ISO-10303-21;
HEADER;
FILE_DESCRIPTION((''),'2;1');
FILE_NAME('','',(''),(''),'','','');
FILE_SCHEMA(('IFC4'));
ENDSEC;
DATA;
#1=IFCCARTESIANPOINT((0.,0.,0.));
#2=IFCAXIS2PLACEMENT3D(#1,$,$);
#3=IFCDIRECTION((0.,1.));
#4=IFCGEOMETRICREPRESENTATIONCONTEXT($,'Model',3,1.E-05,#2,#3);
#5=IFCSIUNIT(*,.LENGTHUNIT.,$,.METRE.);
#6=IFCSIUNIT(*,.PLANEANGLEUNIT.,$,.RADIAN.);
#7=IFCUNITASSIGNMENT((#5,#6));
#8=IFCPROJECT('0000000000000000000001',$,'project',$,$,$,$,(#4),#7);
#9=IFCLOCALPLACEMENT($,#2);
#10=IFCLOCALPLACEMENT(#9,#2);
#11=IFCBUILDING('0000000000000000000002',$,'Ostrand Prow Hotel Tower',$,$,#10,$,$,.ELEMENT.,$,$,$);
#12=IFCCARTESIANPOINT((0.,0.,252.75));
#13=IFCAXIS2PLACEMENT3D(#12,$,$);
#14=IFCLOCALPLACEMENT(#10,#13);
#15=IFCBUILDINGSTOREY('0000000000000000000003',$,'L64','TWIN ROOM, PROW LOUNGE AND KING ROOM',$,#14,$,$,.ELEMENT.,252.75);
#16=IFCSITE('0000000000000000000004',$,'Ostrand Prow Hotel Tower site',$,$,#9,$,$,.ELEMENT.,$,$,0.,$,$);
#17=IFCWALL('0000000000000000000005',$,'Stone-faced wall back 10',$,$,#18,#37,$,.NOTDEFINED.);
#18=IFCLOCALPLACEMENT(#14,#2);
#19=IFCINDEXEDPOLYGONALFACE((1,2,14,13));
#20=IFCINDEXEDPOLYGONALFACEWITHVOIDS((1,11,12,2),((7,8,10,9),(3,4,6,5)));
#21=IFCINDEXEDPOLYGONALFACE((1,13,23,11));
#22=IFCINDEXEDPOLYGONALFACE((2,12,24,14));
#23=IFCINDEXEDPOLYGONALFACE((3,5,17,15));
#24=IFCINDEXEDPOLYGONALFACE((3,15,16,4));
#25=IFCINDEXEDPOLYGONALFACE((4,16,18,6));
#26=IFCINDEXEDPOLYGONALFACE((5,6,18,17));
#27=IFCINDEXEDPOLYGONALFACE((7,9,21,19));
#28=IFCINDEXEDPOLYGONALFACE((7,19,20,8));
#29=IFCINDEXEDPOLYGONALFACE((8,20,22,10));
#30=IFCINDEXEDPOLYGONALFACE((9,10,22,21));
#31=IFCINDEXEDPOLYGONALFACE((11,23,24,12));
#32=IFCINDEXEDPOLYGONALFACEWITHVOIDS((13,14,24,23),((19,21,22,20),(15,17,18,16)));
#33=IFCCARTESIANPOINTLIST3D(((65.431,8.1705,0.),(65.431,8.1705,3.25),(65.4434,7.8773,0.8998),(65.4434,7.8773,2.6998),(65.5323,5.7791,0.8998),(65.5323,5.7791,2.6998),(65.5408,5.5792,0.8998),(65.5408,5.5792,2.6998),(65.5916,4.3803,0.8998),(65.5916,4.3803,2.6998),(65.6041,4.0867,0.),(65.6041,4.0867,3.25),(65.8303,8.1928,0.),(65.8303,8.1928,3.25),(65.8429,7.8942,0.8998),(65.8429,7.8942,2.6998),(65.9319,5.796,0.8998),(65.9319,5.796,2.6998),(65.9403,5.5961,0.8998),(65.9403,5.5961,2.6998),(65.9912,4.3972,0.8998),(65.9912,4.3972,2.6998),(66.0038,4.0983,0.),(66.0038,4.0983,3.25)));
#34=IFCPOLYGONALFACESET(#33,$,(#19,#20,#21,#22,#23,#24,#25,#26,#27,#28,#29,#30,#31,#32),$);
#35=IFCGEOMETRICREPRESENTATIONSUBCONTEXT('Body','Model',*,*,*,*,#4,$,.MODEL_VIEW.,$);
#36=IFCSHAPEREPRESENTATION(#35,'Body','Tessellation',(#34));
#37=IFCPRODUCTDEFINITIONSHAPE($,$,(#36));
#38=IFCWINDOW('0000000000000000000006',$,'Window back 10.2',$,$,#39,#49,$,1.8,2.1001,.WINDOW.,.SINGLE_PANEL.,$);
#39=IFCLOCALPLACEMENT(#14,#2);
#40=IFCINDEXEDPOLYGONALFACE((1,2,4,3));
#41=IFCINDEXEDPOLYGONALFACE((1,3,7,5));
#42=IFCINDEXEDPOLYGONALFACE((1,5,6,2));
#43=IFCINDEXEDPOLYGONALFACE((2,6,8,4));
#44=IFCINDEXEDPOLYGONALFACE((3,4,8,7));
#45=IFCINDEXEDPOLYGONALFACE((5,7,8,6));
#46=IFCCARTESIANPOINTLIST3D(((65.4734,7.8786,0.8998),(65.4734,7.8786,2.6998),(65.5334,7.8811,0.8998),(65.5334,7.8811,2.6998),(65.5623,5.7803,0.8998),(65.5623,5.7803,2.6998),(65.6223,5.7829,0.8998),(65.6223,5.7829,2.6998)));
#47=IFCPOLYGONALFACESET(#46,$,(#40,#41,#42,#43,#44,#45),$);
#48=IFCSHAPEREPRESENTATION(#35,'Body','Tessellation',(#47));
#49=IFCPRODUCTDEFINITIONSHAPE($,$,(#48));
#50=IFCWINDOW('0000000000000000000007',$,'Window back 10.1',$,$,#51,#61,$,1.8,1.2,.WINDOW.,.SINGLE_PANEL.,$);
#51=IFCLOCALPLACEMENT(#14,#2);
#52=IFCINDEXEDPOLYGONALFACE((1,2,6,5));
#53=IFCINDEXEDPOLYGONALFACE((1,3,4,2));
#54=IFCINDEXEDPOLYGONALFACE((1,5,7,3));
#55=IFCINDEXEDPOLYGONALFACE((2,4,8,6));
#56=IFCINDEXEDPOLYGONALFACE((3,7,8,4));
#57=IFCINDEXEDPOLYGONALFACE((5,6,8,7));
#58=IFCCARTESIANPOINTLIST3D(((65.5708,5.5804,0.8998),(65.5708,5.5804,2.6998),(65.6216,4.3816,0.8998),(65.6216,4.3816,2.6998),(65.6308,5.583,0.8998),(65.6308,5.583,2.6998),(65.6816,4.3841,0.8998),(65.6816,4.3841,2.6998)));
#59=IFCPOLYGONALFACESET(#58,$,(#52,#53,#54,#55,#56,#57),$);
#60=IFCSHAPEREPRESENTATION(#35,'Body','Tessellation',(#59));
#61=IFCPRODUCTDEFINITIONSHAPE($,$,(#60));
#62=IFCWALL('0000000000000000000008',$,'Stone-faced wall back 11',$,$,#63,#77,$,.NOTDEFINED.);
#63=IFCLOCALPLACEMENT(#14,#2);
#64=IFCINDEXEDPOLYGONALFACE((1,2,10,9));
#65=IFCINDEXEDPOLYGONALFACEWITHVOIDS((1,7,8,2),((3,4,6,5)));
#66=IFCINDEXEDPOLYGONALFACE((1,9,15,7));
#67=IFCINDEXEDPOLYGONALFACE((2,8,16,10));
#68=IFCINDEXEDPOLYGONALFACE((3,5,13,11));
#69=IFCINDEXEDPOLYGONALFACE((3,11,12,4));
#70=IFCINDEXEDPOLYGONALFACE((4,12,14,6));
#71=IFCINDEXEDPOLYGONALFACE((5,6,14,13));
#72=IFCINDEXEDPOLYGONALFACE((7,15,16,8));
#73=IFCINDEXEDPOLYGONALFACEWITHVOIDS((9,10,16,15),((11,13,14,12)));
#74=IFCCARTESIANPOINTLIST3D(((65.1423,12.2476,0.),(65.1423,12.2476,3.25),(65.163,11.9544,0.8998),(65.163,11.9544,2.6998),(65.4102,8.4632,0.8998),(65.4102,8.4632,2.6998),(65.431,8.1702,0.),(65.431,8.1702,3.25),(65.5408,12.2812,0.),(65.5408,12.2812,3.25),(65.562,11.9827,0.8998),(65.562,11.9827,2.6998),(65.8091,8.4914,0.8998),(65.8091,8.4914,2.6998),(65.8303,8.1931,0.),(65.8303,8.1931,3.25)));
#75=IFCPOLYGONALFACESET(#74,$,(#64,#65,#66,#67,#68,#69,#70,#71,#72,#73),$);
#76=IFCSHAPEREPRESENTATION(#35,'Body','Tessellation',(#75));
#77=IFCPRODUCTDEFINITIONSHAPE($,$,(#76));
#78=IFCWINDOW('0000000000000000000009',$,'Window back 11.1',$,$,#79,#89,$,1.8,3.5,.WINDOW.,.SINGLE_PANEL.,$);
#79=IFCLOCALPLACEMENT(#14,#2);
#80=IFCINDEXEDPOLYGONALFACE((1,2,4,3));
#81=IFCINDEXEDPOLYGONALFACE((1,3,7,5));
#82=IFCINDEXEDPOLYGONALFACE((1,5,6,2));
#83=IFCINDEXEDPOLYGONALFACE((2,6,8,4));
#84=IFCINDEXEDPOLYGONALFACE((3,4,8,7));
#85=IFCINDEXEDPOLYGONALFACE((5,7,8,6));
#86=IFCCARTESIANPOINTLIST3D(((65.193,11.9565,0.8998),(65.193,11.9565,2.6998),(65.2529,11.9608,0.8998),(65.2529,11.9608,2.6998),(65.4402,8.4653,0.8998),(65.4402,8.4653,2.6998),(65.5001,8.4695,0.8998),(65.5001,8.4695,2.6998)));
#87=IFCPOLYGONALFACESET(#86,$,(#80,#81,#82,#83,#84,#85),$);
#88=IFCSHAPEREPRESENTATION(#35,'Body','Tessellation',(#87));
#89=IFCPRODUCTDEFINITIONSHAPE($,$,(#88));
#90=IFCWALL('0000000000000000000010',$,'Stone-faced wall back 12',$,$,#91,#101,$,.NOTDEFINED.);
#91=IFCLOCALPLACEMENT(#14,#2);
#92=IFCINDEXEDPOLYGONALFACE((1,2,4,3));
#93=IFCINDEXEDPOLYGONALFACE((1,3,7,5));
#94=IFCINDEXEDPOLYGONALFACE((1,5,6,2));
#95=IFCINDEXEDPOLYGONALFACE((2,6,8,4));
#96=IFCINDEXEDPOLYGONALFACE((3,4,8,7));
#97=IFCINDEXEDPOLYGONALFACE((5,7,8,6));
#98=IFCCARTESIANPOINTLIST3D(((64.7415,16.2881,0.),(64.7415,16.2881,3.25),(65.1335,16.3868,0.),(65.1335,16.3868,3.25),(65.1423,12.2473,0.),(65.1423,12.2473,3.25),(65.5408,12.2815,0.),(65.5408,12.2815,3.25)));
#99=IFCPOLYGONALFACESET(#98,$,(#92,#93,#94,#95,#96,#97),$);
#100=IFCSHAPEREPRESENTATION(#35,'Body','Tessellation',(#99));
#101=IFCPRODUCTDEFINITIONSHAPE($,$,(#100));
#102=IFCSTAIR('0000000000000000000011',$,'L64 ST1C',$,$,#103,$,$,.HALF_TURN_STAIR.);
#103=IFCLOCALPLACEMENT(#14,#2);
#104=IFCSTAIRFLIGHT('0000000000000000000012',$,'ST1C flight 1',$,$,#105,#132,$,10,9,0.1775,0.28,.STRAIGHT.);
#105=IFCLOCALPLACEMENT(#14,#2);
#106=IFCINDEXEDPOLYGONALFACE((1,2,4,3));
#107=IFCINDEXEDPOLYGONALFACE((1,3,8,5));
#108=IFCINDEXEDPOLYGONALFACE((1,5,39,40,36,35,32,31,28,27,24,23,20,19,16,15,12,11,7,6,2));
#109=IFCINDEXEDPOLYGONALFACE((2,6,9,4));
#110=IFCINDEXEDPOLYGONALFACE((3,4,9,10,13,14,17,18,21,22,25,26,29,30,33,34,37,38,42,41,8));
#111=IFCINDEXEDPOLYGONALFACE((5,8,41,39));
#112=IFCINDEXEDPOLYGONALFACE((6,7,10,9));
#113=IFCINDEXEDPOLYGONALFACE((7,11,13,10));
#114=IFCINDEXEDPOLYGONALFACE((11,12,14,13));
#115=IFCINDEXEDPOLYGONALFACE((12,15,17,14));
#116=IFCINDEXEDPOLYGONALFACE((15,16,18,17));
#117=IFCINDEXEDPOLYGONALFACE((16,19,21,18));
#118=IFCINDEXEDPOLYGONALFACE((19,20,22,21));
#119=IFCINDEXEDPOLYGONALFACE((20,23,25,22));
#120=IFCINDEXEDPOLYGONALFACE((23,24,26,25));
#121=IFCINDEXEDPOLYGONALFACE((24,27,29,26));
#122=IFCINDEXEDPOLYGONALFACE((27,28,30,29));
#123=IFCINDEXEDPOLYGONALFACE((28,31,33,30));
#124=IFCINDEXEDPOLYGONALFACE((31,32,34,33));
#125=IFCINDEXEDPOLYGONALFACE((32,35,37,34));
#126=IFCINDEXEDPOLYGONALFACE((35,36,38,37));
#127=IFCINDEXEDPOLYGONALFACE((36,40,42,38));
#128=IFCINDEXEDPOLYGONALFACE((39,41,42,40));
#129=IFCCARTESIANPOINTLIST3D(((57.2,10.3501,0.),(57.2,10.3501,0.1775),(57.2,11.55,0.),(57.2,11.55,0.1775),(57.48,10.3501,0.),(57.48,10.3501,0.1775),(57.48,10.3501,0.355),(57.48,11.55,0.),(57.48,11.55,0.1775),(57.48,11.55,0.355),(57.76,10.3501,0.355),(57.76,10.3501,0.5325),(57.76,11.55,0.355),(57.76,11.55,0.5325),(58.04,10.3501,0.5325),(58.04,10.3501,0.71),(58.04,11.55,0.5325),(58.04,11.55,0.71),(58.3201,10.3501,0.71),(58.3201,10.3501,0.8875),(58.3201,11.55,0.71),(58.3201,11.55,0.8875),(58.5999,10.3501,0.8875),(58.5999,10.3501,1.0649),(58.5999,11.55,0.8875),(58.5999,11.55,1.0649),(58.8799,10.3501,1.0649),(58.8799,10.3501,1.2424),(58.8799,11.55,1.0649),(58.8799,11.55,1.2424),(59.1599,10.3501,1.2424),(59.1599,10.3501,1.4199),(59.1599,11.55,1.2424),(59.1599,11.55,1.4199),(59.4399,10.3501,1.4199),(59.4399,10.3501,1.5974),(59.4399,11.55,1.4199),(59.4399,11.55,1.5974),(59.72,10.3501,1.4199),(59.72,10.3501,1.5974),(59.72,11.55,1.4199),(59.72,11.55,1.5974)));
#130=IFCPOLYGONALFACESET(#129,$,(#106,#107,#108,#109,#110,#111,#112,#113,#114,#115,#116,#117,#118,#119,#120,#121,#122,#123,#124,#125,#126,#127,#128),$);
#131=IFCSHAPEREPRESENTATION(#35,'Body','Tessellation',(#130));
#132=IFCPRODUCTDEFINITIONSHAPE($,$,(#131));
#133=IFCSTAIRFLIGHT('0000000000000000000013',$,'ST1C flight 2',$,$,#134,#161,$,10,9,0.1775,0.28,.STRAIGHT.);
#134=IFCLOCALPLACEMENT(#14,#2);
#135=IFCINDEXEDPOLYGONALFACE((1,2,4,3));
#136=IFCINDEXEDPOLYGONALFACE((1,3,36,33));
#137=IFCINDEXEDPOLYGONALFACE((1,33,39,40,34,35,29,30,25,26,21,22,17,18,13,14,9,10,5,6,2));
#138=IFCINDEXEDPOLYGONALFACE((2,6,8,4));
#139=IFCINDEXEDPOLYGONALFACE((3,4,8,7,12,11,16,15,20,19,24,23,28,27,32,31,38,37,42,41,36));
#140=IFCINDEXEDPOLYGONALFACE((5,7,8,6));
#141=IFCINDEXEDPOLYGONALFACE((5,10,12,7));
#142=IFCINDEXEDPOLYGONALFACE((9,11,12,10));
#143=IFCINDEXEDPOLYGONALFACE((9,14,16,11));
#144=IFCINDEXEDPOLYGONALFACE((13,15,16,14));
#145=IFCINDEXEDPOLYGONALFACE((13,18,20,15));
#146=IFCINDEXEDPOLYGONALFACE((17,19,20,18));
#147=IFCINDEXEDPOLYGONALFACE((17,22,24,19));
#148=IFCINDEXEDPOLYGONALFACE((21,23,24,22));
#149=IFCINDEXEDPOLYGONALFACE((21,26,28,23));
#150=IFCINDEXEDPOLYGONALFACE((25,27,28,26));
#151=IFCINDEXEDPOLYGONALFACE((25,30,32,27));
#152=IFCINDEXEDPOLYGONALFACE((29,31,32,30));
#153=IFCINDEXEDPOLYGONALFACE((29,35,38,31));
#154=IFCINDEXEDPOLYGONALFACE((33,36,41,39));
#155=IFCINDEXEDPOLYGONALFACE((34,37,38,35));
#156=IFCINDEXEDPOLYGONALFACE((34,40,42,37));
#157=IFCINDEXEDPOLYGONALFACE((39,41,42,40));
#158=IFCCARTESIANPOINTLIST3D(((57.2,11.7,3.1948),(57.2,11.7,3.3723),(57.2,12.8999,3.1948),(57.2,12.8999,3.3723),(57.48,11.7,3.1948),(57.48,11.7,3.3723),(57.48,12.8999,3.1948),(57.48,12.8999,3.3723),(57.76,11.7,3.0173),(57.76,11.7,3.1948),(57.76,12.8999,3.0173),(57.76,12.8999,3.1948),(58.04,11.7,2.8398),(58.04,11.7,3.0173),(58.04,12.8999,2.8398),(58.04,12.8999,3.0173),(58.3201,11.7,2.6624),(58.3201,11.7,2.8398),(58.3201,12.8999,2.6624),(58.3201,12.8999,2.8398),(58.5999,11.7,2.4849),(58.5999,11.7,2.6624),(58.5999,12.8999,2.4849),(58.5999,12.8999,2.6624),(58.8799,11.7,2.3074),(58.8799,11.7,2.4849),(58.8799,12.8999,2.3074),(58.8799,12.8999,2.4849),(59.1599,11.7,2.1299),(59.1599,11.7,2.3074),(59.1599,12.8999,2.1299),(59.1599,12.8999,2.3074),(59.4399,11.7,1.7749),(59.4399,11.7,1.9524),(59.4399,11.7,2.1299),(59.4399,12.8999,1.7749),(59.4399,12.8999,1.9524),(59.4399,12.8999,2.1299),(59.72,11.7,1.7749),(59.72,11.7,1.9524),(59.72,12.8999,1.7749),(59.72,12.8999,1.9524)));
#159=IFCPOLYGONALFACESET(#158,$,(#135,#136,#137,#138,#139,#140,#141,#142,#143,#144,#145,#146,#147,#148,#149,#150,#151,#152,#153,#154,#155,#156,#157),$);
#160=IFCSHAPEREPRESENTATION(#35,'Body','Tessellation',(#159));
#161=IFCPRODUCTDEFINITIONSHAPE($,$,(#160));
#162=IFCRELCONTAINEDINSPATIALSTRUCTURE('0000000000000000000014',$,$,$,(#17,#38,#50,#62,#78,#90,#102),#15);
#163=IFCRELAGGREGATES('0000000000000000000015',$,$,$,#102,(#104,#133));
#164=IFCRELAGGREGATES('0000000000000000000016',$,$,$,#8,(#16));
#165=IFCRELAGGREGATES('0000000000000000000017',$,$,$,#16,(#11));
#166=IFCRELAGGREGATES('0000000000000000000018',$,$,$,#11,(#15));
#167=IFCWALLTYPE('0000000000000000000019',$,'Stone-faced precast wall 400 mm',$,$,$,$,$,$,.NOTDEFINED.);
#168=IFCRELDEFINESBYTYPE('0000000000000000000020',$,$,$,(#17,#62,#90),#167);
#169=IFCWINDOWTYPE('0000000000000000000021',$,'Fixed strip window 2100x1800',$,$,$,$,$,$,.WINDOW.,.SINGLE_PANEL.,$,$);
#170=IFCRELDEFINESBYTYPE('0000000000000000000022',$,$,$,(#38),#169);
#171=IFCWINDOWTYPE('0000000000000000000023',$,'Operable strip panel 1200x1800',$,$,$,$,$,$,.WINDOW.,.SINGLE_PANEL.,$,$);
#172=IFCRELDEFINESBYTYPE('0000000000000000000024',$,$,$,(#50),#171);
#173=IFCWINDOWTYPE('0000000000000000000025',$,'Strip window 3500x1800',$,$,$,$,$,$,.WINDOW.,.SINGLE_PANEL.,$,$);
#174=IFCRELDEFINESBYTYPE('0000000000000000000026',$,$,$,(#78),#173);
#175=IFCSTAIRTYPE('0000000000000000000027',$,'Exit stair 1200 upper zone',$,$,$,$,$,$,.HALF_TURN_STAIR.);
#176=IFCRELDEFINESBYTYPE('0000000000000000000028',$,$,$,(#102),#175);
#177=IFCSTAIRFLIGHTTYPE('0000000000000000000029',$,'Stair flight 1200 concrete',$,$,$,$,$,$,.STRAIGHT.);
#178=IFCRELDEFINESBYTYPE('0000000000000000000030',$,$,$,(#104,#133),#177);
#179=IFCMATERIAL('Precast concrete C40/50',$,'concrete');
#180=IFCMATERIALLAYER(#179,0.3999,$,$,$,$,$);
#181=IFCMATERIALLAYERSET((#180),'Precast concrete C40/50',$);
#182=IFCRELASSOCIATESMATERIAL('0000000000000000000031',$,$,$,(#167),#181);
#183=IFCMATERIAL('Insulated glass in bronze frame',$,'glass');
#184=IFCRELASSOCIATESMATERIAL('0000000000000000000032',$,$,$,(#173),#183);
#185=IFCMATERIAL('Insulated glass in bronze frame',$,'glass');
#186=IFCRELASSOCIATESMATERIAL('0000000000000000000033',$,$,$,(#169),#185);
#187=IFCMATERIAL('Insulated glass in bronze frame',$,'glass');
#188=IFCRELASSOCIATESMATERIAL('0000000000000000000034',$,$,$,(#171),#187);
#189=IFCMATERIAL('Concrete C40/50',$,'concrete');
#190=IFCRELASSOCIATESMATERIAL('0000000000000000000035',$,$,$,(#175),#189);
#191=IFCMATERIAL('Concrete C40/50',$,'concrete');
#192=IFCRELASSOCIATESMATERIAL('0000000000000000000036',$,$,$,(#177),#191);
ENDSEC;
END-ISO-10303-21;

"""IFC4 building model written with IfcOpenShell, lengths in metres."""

from ifc_helpers import new_model, si_unit, direction, frame, frame_2d, origin, place, context, subcontext, project, spatial, polyline, rectangle, outline, extrude, material, layer, layer_set, type_object, element, fill, aggregate, save


model = new_model("IFC4")

# Units and contexts
model_context = context("Model", 3, precision=1e-05, world=origin(), true_north=direction((0.0, 1.0)))
body_context = subcontext(model_context, "Body", "Model", "MODEL_VIEW")
ifc_project = project(units=[si_unit("LENGTHUNIT", "METRE"), si_unit("PLANEANGLEUNIT", "RADIAN")], contexts=[model_context])

# Site, building, storey
site_placement = place(None, origin())
site = spatial("IfcSite", under=ifc_project, at=site_placement, Name="Ostrand Prow Hotel Tower site", CompositionType="ELEMENT", RefElevation=0.0)
building_placement = place(site_placement, origin())
building = spatial("IfcBuilding", under=site, at=building_placement, Name="Ostrand Prow Hotel Tower", CompositionType="ELEMENT")
storey_placement = place(building_placement, frame((0.0, 0.0, 252.75)))
storey = spatial("IfcBuildingStorey", under=building, at=storey_placement, Name="L64", Description="TWIN ROOM, PROW LOUNGE AND KING ROOM", CompositionType="ELEMENT", Elevation=252.75)

# Shared definitions
ifc_material_1 = material(Name="Precast concrete C40/50", Category="concrete")
ifc_layer_1 = layer(ifc_material_1, 0.3999)
ifc_layer_set_1 = layer_set([ifc_layer_1], Name="Precast concrete C40/50")
wall_type_1 = type_object("IfcWallType", Name="Stone-faced precast wall 400 mm", PredefinedType="NOTDEFINED", material=ifc_layer_set_1)
ifc_material_2 = material(Name="Insulated glass in bronze frame", Category="glass")
window_type_1 = type_object("IfcWindowType", Name="Strip window 3500x1800", PartitioningType="SINGLE_PANEL", PredefinedType="WINDOW", material=ifc_material_2)

# Wall, openings, windows
wall_1_placement = place(storey_placement, frame((65.804, 4.0925, 0.0), z_axis=(0.0, 0.0, 1.0), x_axis=(-0.042353, 0.999103, 0.0)))
wall_1 = element("IfcWall", 1, at=wall_1_placement, inside=storey, type_object=wall_type_1, Name="Stone-faced wall back 10", PredefinedType="NOTDEFINED", context=body_context, shape_type="SweptSolid", body=[
    extrude(outline(polyline([(-0.0027, -0.2), (4.0955, -0.2), (4.0901, 0.2), (0.0027, 0.2), (-0.0027, -0.2)])), origin(), (0.0, 0.0, 1.0), 3.25),
])
opening_1_placement = place(wall_1_placement, frame((0.2964, 0.0, 0.8999)))
opening_1 = element("IfcOpeningElement", 2, at=opening_1_placement, cuts=wall_1, PredefinedType="OPENING", context=body_context, shape_type="SweptSolid", body=[
    extrude(rectangle(XDim=1.2, YDim=1.8, at=frame_2d((0.6001, 0.8999))), frame((0.0, 0.21, 0.0), z_axis=(0.0, -1.0, 0.0), x_axis=(1.0, 0.0, 0.0)), (0.0, 0.0, 1.0), 0.4199),
])
opening_2_placement = place(wall_1_placement, frame((1.6965, 0.0, 0.8999)))
opening_2 = element("IfcOpeningElement", 3, at=opening_2_placement, cuts=wall_1, PredefinedType="OPENING", context=body_context, shape_type="SweptSolid", body=[
    extrude(rectangle(XDim=2.1001, YDim=1.8, at=frame_2d((1.05, 0.8999))), frame((0.0, 0.21, 0.0), z_axis=(0.0, -1.0, 0.0), x_axis=(1.0, 0.0, 0.0)), (0.0, 0.0, 1.0), 0.4199),
])
ifc_material_3 = material(Name="Insulated glass in bronze frame", Category="glass")
window_type_2 = type_object("IfcWindowType", Name="Fixed strip window 2100x1800", PartitioningType="SINGLE_PANEL", PredefinedType="WINDOW", material=ifc_material_3)
window_1_placement = place(opening_2_placement, origin())
window_1 = element("IfcWindow", 4, at=window_1_placement, inside=storey, type_object=window_type_2, Name="Window back 10.2", OverallHeight=1.8, OverallWidth=2.1001, PartitioningType="SINGLE_PANEL", PredefinedType="WINDOW", context=body_context, shape_type="SweptSolid", body=[
    extrude(rectangle(XDim=2.1001, YDim=1.8, at=frame_2d((1.05, 0.8999))), frame((0.0, 0.1699, 0.0), z_axis=(0.0, -1.0, 0.0), x_axis=(1.0, 0.0, 0.0)), (0.0, 0.0, 1.0), 0.0601),
])
fill(opening_2, window_1)
ifc_material_4 = material(Name="Insulated glass in bronze frame", Category="glass")
window_type_3 = type_object("IfcWindowType", Name="Operable strip panel 1200x1800", PartitioningType="SINGLE_PANEL", PredefinedType="WINDOW", material=ifc_material_4)
window_2_placement = place(opening_1_placement, origin())
window_2 = element("IfcWindow", 5, at=window_2_placement, inside=storey, type_object=window_type_3, Name="Window back 10.1", OverallHeight=1.8, OverallWidth=1.2, PartitioningType="SINGLE_PANEL", PredefinedType="WINDOW", context=body_context, shape_type="SweptSolid", body=[
    extrude(rectangle(XDim=1.2, YDim=1.8, at=frame_2d((0.6001, 0.8999))), frame((0.0, 0.1699, 0.0), z_axis=(0.0, -1.0, 0.0), x_axis=(1.0, 0.0, 0.0)), (0.0, 0.0, 1.0), 0.0601),
])
fill(opening_1, window_2)

# Wall, opening, window
wall_2_placement = place(storey_placement, frame((65.6306, 8.1816, 0.0), z_axis=(0.0, 0.0, 1.0), x_axis=(-0.070624, 0.997503, 0.0)))
wall_2 = element("IfcWall", 6, at=wall_2_placement, inside=storey, type_object=wall_type_1, Name="Stone-faced wall back 11", PredefinedType="NOTDEFINED", context=body_context, shape_type="SweptSolid", body=[
    extrude(outline(polyline([(-0.0027, -0.2), (4.0957, -0.2), (4.0903, 0.2), (0.0027, 0.2), (-0.0027, -0.2)])), origin(), (0.0, 0.0, 1.0), 3.25),
])
opening_3_placement = place(wall_2_placement, frame((0.2964, 0.0, 0.8999)))
opening_3 = element("IfcOpeningElement", 7, at=opening_3_placement, cuts=wall_2, PredefinedType="OPENING", context=body_context, shape_type="SweptSolid", body=[
    extrude(rectangle(XDim=3.5, YDim=1.8, at=frame_2d((1.75, 0.8999))), frame((0.0, 0.21, 0.0), z_axis=(0.0, -1.0, 0.0), x_axis=(1.0, 0.0, 0.0)), (0.0, 0.0, 1.0), 0.4199),
])
window_3_placement = place(opening_3_placement, origin())
window_3 = element("IfcWindow", 8, at=window_3_placement, inside=storey, type_object=window_type_1, Name="Window back 11.1", OverallHeight=1.8, OverallWidth=3.5, PartitioningType="SINGLE_PANEL", PredefinedType="WINDOW", context=body_context, shape_type="SweptSolid", body=[
    extrude(rectangle(XDim=3.5, YDim=1.8, at=frame_2d((1.75, 0.8999))), frame((0.0, 0.1699, 0.0), z_axis=(0.0, -1.0, 0.0), x_axis=(1.0, 0.0, 0.0)), (0.0, 0.0, 1.0), 0.0601),
])
fill(opening_3, window_3)

# Wall
wall_3_placement = place(storey_placement, frame((65.3416, 12.2644, 0.0), z_axis=(0.0, 0.0, 1.0), x_axis=(-0.098718, 0.995115, 0.0)))
element("IfcWall", 9, at=wall_3_placement, inside=storey, type_object=wall_type_1, Name="Stone-faced wall back 12", PredefinedType="NOTDEFINED", context=body_context, shape_type="SweptSolid", body=[
    extrude(outline(polyline([(-0.0027, -0.2), (4.1228, -0.2), (4.0632, 0.2), (0.0027, 0.2), (-0.0027, -0.2)])), origin(), (0.0, 0.0, 1.0), 3.25),
])

# Stair, stair flights
ifc_material_5 = material(Name="Concrete C40/50", Category="concrete")
stair_type = type_object("IfcStairType", Name="Exit stair 1200 upper zone", PredefinedType="HALF_TURN_STAIR", material=ifc_material_5)
stair_placement = place(storey_placement, origin())
stair = element("IfcStair", 10, at=stair_placement, inside=storey, type_object=stair_type, Name="L64 ST1C", PredefinedType="HALF_TURN_STAIR")
ifc_material_6 = material(Name="Concrete C40/50", Category="concrete")
stair_flight_type = type_object("IfcStairFlightType", Name="Stair flight 1200 concrete", PredefinedType="STRAIGHT", material=ifc_material_6)
stair_flight_1_placement = place(storey_placement, frame((57.2, 10.95, 0.0), z_axis=(0.0, 0.0, 1.0), x_axis=(1.0, 0.0, 0.0)))
stair_flight_1 = element("IfcStairFlight", 11, at=stair_flight_1_placement, type_object=stair_flight_type, Name="ST1C flight 1", NumberOfRisers=10, NumberOfTreads=9, PredefinedType="STRAIGHT", RiserHeight=0.1775, TreadLength=0.28, context=body_context, shape_type="SweptSolid", body=[
    extrude(outline(polyline([(0.0, 0.0), (0.0, 0.1775), (0.28, 0.1775), (0.28, 0.355), (0.5601, 0.355), (0.5601, 0.5325), (0.8401, 0.5325), (0.8401, 0.71), (1.1201, 0.71), (1.1201, 0.8875), (1.3999, 0.8875), (1.3999, 1.0649), (1.6799, 1.0649), (1.6799, 1.2424), (1.96, 1.2424), (1.96, 1.4199), (2.24, 1.4199), (2.24, 1.5974), (2.52, 1.5974), (2.52, 1.7749), (2.52, 1.4199), (0.28, 0.0), (0.0, 0.0)])), frame((0.0, 0.6001, 0.0), z_axis=(0.0, -1.0, 0.0), x_axis=(1.0, 0.0, 0.0)), (0.0, 0.0, 1.0), 1.2),
])
stair_flight_2_placement = place(storey_placement, frame((59.72, 12.3, 1.7749), z_axis=(0.0, 0.0, 1.0), x_axis=(-1.0, 0.0, 0.0)))
stair_flight_2 = element("IfcStairFlight", 12, at=stair_flight_2_placement, type_object=stair_flight_type, Name="ST1C flight 2", NumberOfRisers=10, NumberOfTreads=9, PredefinedType="STRAIGHT", RiserHeight=0.1775, TreadLength=0.28, context=body_context, shape_type="SweptSolid", body=[
    extrude(outline(polyline([(0.0, 0.0), (0.0, 0.1775), (0.28, 0.1775), (0.28, 0.355), (0.5601, 0.355), (0.5601, 0.5325), (0.8401, 0.5325), (0.8401, 0.71), (1.1201, 0.71), (1.1201, 0.8875), (1.3999, 0.8875), (1.3999, 1.0649), (1.6799, 1.0649), (1.6799, 1.2424), (1.96, 1.2424), (1.96, 1.4199), (2.24, 1.4199), (2.24, 1.5974), (2.52, 1.5974), (2.52, 1.7749), (2.52, 1.4199), (0.28, 0.0), (0.0, 0.0)])), frame((0.0, 0.6001, 0.0), z_axis=(0.0, -1.0, 0.0), x_axis=(1.0, 0.0, 0.0)), (0.0, 0.0, 1.0), 1.2),
])
aggregate(stair, [stair_flight_1, stair_flight_2])

save(model, "model.ifc")
